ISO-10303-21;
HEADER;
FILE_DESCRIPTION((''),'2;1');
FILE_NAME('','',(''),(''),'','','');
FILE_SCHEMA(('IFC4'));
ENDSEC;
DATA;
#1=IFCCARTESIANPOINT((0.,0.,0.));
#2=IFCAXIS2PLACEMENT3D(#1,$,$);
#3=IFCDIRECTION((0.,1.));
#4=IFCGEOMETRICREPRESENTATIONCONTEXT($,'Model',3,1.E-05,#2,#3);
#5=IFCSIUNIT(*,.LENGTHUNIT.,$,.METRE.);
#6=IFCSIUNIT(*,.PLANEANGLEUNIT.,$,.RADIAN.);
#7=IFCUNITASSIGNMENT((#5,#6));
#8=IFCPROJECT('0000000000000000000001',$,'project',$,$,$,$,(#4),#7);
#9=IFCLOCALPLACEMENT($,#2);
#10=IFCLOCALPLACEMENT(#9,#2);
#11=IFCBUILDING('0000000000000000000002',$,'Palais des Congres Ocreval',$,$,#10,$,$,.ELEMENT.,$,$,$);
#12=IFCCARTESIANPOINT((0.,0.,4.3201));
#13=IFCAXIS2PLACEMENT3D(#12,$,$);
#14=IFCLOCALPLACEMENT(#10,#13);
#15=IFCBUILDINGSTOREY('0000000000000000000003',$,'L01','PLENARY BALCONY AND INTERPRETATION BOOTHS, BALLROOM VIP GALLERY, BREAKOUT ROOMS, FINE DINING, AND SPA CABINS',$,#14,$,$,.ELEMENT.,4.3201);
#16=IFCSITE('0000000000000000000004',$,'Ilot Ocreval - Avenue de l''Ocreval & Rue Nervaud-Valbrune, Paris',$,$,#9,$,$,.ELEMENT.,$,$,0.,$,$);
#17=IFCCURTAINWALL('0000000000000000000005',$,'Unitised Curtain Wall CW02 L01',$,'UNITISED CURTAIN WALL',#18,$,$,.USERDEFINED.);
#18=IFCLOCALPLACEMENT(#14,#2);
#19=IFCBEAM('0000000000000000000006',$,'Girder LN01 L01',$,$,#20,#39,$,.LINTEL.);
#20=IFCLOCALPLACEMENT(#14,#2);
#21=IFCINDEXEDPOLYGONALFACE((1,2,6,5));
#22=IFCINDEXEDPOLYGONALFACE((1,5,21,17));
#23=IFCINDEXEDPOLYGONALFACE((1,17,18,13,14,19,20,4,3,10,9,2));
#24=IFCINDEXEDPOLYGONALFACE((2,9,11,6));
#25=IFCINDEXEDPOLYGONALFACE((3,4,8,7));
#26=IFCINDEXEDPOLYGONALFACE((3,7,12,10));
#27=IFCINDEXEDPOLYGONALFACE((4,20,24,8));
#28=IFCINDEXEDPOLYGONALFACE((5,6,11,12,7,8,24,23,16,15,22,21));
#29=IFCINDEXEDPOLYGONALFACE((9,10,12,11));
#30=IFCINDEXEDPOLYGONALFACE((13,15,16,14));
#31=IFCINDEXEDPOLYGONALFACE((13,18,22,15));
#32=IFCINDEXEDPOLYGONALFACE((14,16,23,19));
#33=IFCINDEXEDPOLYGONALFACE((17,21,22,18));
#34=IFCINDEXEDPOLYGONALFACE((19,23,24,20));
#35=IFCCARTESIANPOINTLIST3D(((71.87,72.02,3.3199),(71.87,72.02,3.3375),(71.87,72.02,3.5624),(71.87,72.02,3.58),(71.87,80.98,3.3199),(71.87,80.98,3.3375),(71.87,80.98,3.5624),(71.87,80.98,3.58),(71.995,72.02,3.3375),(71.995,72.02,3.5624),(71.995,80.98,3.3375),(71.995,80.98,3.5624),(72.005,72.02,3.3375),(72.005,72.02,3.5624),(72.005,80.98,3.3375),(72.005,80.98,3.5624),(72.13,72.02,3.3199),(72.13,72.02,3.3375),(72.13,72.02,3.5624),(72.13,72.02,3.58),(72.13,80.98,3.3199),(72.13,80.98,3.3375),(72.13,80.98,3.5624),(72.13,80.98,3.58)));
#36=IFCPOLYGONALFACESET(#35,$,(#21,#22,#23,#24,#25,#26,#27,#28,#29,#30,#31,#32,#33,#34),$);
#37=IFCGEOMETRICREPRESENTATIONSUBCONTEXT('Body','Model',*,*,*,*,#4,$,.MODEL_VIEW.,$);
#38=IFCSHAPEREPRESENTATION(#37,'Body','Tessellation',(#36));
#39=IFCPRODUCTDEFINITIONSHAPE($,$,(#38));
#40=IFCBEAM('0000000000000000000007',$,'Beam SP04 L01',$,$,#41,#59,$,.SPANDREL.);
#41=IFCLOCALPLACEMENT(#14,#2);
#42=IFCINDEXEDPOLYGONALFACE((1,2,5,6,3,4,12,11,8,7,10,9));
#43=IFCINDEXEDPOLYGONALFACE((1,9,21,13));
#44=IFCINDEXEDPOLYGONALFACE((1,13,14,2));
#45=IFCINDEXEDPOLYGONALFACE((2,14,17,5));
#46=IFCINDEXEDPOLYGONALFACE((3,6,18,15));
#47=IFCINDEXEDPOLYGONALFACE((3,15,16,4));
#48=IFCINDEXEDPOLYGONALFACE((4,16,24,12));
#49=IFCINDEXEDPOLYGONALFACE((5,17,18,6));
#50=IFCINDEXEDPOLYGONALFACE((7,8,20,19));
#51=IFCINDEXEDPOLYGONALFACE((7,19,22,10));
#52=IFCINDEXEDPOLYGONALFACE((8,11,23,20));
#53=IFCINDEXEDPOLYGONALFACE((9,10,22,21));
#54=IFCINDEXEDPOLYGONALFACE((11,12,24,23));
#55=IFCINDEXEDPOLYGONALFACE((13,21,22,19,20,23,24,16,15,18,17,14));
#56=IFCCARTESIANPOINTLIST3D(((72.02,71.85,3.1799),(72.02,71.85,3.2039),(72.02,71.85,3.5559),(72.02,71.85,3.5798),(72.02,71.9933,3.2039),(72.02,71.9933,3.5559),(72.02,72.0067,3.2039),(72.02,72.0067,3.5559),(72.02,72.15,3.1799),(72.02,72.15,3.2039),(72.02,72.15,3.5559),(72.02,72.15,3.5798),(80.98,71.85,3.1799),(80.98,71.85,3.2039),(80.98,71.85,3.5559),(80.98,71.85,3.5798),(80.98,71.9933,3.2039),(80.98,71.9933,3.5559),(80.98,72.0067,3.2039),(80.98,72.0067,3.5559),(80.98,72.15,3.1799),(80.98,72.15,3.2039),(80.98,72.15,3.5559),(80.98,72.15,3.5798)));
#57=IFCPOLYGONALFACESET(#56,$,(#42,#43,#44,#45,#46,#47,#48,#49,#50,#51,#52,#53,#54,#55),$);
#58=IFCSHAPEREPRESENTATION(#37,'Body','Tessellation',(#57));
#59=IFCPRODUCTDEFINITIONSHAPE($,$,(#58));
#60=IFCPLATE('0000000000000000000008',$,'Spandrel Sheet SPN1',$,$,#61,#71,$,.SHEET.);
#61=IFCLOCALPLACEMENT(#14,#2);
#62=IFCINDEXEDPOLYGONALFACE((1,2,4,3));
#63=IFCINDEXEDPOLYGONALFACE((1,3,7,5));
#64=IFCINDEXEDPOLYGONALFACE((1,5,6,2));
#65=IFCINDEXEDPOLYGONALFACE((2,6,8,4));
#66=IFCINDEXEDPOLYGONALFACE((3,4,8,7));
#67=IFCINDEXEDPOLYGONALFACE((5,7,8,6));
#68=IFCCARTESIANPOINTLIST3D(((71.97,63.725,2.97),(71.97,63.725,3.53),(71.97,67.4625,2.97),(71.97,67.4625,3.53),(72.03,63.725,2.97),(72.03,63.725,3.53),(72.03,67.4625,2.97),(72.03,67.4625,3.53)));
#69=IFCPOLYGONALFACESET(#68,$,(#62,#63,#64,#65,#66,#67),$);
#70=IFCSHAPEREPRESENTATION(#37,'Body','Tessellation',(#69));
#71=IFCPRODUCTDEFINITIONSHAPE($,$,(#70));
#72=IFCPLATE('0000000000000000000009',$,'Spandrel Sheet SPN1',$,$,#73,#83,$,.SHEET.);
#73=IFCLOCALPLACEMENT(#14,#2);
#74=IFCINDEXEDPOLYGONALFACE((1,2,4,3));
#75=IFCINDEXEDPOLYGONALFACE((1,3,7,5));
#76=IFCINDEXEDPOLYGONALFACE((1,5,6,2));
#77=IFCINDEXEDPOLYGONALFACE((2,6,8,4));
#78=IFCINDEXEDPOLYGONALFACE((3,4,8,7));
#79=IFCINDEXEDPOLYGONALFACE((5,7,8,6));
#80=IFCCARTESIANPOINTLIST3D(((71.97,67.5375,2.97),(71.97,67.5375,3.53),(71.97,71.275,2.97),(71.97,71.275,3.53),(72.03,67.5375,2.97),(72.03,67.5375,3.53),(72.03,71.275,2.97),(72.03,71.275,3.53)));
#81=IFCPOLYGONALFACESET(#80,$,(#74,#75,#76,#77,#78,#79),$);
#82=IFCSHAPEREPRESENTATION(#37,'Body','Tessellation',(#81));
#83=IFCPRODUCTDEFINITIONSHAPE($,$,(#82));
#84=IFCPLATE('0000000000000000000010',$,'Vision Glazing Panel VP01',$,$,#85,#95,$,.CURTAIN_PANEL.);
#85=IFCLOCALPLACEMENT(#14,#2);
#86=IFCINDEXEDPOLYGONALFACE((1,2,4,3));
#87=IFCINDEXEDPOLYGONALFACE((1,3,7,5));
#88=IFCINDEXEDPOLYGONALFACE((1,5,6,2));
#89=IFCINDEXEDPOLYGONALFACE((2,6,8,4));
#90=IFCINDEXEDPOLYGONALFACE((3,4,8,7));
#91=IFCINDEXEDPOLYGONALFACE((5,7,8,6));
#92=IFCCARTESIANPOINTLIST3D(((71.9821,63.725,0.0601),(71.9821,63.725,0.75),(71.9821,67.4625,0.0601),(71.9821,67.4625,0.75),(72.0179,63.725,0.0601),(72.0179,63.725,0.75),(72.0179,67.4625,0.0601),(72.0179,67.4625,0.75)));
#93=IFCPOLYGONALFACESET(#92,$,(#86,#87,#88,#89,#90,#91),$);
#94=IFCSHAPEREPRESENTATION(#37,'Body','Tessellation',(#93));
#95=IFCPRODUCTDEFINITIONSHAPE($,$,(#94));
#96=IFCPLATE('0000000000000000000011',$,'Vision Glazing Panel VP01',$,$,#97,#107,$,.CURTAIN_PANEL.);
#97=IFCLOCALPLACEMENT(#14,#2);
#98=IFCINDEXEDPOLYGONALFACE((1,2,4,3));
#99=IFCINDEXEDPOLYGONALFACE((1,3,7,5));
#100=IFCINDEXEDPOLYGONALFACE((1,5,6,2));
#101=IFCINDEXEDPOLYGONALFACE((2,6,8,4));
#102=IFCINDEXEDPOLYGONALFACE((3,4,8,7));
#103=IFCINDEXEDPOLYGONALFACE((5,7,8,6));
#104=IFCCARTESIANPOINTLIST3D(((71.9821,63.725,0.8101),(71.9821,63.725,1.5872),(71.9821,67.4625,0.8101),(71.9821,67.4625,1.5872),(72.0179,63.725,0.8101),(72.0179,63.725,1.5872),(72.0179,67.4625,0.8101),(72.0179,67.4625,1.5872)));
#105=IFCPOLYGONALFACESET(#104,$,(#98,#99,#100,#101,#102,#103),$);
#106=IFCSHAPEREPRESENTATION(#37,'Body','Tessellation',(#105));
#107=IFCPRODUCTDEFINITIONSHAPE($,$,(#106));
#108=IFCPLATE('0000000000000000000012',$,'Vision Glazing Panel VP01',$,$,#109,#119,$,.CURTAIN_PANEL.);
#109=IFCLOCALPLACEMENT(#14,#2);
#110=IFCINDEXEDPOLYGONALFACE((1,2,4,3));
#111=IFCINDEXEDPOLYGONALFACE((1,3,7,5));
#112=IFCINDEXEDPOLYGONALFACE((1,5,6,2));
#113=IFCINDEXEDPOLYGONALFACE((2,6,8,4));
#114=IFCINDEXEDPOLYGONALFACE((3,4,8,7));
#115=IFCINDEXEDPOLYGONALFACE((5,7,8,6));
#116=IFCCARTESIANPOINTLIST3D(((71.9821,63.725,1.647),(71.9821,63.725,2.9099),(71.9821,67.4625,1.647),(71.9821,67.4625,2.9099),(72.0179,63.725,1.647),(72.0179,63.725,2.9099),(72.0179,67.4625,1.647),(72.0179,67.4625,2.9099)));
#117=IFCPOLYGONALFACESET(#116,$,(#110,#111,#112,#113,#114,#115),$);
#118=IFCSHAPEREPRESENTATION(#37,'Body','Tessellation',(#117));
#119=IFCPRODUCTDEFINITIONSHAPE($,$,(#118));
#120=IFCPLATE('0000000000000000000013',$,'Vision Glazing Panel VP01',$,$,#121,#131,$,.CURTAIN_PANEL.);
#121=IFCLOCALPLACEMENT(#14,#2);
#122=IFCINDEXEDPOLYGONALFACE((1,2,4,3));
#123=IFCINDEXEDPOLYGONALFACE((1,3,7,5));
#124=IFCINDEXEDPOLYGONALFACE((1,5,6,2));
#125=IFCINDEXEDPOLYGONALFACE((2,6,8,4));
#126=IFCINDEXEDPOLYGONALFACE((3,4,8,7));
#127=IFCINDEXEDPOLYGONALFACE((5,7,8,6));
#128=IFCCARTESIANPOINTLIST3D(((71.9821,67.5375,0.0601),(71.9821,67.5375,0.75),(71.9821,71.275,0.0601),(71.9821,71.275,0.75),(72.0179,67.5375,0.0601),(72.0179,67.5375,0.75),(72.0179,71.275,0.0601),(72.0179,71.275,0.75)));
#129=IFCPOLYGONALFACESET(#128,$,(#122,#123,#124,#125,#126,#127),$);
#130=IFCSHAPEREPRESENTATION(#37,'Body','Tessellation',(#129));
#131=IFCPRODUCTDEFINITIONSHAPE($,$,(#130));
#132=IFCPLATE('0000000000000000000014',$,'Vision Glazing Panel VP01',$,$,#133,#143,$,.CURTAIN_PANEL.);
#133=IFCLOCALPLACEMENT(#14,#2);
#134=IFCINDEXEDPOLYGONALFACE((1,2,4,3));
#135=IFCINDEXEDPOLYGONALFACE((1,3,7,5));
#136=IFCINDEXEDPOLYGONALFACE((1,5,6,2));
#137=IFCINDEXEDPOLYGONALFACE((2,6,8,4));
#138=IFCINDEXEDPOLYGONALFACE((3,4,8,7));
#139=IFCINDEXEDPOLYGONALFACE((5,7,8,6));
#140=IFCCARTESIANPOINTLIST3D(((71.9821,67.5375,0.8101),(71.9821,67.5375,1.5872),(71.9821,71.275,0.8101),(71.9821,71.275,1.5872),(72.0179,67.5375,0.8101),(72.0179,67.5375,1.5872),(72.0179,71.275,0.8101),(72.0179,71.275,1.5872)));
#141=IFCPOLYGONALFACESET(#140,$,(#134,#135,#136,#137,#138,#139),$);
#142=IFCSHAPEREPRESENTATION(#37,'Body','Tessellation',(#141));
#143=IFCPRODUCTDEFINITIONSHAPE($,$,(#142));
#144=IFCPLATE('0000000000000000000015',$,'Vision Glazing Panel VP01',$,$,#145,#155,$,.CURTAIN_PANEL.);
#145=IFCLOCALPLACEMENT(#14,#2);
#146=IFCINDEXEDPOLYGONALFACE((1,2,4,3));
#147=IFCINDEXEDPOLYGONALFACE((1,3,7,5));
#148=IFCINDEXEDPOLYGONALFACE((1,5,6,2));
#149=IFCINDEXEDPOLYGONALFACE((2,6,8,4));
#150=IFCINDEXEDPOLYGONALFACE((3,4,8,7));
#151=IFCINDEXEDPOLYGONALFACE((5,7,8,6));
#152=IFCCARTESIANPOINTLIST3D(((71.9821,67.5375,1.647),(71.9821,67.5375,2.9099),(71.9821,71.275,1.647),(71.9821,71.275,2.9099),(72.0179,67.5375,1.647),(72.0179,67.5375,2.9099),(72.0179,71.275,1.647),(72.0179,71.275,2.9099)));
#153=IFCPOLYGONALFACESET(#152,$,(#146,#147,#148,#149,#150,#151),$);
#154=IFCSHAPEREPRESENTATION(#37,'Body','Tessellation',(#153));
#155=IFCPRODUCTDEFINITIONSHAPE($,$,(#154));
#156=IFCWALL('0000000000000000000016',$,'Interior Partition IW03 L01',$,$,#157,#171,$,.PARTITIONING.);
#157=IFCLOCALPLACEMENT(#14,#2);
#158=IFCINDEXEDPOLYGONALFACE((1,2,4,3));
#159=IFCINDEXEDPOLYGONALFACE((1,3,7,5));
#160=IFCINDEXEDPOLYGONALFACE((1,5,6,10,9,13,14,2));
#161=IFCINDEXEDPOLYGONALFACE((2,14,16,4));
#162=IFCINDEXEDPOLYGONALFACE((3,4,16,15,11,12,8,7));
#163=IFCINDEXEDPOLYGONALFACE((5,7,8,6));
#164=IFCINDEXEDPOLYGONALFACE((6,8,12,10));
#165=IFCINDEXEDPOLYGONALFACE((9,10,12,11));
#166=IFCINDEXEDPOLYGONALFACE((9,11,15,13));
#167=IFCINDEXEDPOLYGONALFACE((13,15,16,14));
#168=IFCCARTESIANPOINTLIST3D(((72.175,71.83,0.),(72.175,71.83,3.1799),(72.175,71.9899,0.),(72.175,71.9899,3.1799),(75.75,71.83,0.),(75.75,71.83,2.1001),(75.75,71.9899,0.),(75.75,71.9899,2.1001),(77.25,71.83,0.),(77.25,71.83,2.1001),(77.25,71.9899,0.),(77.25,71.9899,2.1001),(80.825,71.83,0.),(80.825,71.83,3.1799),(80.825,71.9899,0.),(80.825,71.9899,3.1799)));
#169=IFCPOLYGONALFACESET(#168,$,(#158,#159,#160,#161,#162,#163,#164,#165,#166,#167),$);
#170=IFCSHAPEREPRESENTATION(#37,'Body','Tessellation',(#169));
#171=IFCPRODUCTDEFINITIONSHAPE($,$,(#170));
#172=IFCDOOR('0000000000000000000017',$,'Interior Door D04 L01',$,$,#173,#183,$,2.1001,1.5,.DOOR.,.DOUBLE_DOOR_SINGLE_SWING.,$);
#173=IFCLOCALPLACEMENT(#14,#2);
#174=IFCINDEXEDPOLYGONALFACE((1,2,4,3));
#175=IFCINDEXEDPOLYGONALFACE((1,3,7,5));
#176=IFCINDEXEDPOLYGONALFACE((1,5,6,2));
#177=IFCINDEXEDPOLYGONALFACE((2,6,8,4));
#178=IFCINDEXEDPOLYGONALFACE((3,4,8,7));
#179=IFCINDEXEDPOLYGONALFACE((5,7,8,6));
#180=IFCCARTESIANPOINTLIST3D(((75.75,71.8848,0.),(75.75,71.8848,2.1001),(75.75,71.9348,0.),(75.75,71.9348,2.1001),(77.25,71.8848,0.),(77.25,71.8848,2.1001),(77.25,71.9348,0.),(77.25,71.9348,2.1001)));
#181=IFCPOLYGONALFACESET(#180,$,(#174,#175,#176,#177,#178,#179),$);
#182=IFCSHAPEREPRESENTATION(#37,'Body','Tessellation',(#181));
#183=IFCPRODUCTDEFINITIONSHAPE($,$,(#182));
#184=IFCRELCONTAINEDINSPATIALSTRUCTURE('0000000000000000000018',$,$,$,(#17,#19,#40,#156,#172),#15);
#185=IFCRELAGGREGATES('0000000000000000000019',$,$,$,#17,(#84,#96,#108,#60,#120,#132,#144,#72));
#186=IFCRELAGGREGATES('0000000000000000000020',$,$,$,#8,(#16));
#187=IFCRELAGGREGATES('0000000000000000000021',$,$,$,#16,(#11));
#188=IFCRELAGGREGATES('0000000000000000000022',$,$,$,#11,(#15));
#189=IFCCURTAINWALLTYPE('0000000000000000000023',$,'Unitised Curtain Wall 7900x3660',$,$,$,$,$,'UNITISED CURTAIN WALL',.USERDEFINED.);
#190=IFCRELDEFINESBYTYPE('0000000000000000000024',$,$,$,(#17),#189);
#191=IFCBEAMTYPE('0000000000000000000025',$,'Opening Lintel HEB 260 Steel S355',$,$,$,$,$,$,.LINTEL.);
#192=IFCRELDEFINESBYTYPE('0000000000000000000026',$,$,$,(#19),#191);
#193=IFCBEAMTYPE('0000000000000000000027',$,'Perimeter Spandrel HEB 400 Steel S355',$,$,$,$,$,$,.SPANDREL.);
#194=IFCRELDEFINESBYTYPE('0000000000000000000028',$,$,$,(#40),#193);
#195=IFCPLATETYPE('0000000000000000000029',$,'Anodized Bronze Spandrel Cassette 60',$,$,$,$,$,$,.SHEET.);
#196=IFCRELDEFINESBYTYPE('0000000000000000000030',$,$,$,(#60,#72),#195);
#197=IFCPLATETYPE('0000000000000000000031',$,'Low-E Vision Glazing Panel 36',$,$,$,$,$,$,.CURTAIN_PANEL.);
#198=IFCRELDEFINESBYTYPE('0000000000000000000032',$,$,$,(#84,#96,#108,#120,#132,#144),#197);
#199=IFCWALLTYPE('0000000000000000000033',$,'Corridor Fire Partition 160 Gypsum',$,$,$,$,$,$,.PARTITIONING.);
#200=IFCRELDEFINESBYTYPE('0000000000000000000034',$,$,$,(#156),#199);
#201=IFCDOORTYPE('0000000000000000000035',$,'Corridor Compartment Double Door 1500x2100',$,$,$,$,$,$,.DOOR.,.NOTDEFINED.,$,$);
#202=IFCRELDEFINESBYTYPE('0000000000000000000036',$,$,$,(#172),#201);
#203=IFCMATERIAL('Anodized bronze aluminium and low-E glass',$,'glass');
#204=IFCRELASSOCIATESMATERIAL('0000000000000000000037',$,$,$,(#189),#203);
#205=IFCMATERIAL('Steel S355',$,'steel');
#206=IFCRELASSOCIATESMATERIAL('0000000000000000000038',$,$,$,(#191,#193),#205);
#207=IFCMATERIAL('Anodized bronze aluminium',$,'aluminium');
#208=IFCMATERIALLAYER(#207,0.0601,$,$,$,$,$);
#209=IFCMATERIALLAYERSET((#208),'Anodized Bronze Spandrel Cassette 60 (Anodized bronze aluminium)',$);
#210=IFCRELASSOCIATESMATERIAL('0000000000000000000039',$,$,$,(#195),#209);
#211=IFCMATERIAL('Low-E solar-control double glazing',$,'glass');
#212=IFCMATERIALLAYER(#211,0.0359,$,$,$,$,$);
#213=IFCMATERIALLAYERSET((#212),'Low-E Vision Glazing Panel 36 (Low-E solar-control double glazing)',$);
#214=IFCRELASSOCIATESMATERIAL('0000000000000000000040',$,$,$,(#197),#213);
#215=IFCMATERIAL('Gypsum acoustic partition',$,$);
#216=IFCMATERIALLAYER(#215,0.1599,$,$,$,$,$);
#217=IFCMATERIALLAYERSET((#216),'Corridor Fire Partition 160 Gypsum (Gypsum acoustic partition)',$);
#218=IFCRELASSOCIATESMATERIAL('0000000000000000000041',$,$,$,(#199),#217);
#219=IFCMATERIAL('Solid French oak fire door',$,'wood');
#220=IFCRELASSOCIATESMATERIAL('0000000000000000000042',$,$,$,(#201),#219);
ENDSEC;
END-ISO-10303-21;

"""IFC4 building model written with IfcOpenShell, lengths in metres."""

from ifc_helpers import new_model, si_unit, direction, frame, frame_2d, origin, origin_2d, place, context, subcontext, project, spatial, rectangle, i_section, extrude, material, layer, layer_set, material_profile, profile_set, type_object, element, fill, aggregate, save


model = new_model("IFC4")

# Units and contexts
model_context = context("Model", 3, precision=1e-05, world=origin(), true_north=direction((0.0, 1.0)))
body_context = subcontext(model_context, "Body", "Model", "MODEL_VIEW")
ifc_project = project(units=[si_unit("LENGTHUNIT", "METRE"), si_unit("PLANEANGLEUNIT", "RADIAN")], contexts=[model_context])

# Site, building, storey
site_placement = place(None, origin())
site = spatial("IfcSite", under=ifc_project, at=site_placement, Name="Ilot Ocreval - Avenue de l'Ocreval & Rue Nervaud-Valbrune, Paris", CompositionType="ELEMENT", RefElevation=0.0)
building_placement = place(site_placement, origin())
building = spatial("IfcBuilding", under=site, at=building_placement, Name="Palais des Congres Ocreval", CompositionType="ELEMENT")
storey_placement = place(building_placement, frame((0.0, 0.0, 4.3201)))
storey = spatial("IfcBuildingStorey", under=building, at=storey_placement, Name="L01", Description="PLENARY BALCONY AND INTERPRETATION BOOTHS, BALLROOM VIP GALLERY, BREAKOUT ROOMS, FINE DINING, AND SPA CABINS", CompositionType="ELEMENT", Elevation=4.3201)

# Shared definitions
ifc_material_1 = material(Name="Steel S355", Category="steel")

# Curtain wall
ifc_material_2 = material(Name="Anodized bronze aluminium and low-E glass", Category="glass")
curtain_wall_type = type_object("IfcCurtainWallType", Name="Unitised Curtain Wall 7900x3660", ElementType="UNITISED CURTAIN WALL", PredefinedType="USERDEFINED", material=ifc_material_2)
curtain_wall_placement = place(storey_placement, origin())
curtain_wall = element("IfcCurtainWall", 1, at=curtain_wall_placement, inside=storey, type_object=curtain_wall_type, Name="Unitised Curtain Wall CW02 L01", ObjectType="UNITISED CURTAIN WALL", PredefinedType="USERDEFINED")
ifc_material_3 = material(Name="Anodized bronze aluminium", Category="aluminium")

# Beams
ifc_material_profile_1 = material_profile(ifc_material_1, i_section(OverallWidth=0.26, OverallDepth=0.26, WebThickness=0.01, FlangeThickness=0.0176, at=origin_2d()), Name="HEB 260")
ifc_profile_set_1 = profile_set([ifc_material_profile_1], Name="Steel S355")
beam_type_1 = type_object("IfcBeamType", Name="Opening Lintel HEB 260 Steel S355", PredefinedType="LINTEL", material=ifc_profile_set_1)
beam_1_placement = place(storey_placement, frame((72.0, 72.02, 3.45), z_axis=(0.0, 1.0, 0.0), x_axis=(-1.0, 0.0, 0.0)))
element("IfcBeam", 2, at=beam_1_placement, inside=storey, type_object=beam_type_1, Name="Girder LN01 L01", PredefinedType="LINTEL", context=body_context, shape_type="SweptSolid", body=[
    extrude(i_section(OverallWidth=0.26, OverallDepth=0.26, WebThickness=0.01, FlangeThickness=0.0176, at=origin_2d()), origin(), (0.0, 0.0, 1.0), 8.96),
])
ifc_material_profile_2 = material_profile(ifc_material_1, i_section(OverallWidth=0.3, OverallDepth=0.3999, WebThickness=0.0134, FlangeThickness=0.0239, at=origin_2d()), Name="HEB 400")
ifc_profile_set_2 = profile_set([ifc_material_profile_2], Name="Steel S355")
beam_type_2 = type_object("IfcBeamType", Name="Perimeter Spandrel HEB 400 Steel S355", PredefinedType="SPANDREL", material=ifc_profile_set_2)
beam_2_placement = place(storey_placement, frame((72.02, 72.0, 3.3799), z_axis=(1.0, 0.0, 0.0), x_axis=(0.0, 1.0, 0.0)))
element("IfcBeam", 3, at=beam_2_placement, inside=storey, type_object=beam_type_2, Name="Beam SP04 L01", PredefinedType="SPANDREL", context=body_context, shape_type="SweptSolid", body=[
    extrude(i_section(OverallWidth=0.3, OverallDepth=0.3999, WebThickness=0.0134, FlangeThickness=0.0239, at=origin_2d()), origin(), (0.0, 0.0, 1.0), 8.96),
])

# Plates
ifc_layer_1 = layer(ifc_material_3, 0.0601)
ifc_layer_set_1 = layer_set([ifc_layer_1], Name="Anodized Bronze Spandrel Cassette 60 (Anodized bronze aluminium)")
plate_type_1 = type_object("IfcPlateType", Name="Anodized Bronze Spandrel Cassette 60", PredefinedType="SHEET", material=ifc_layer_set_1)
plate_1_placement = place(storey_placement, frame((72.0, 65.5938, 2.97), z_axis=(0.0, 0.0, 1.0), x_axis=(0.0, 1.0, 0.0)))
plate_1 = element("IfcPlate", 4, at=plate_1_placement, type_object=plate_type_1, Name="Spandrel Sheet SPN1", PredefinedType="SHEET", context=body_context, shape_type="SweptSolid", body=[
    extrude(rectangle(XDim=3.7375, YDim=0.0601, at=origin_2d()), origin(), (0.0, 0.0, 1.0), 0.5601),
])
plate_2_placement = place(storey_placement, frame((72.0, 69.4062, 2.97), z_axis=(0.0, 0.0, 1.0), x_axis=(0.0, 1.0, 0.0)))
plate_2 = element("IfcPlate", 5, at=plate_2_placement, type_object=plate_type_1, Name="Spandrel Sheet SPN1", PredefinedType="SHEET", context=body_context, shape_type="SweptSolid", body=[
    extrude(rectangle(XDim=3.7375, YDim=0.0601, at=origin_2d()), origin(), (0.0, 0.0, 1.0), 0.5601),
])
ifc_material_4 = material(Name="Low-E solar-control double glazing", Category="glass")
ifc_layer_2 = layer(ifc_material_4, 0.0359)
ifc_layer_set_2 = layer_set([ifc_layer_2], Name="Low-E Vision Glazing Panel 36 (Low-E solar-control double glazing)")
plate_type_2 = type_object("IfcPlateType", Name="Low-E Vision Glazing Panel 36", PredefinedType="CURTAIN_PANEL", material=ifc_layer_set_2)
plate_3_placement = place(storey_placement, frame((72.0, 65.5938, 0.0601), z_axis=(0.0, 0.0, 1.0), x_axis=(0.0, 1.0, 0.0)))
plate_3 = element("IfcPlate", 6, at=plate_3_placement, type_object=plate_type_2, Name="Vision Glazing Panel VP01", PredefinedType="CURTAIN_PANEL", context=body_context, shape_type="SweptSolid", body=[
    extrude(rectangle(XDim=3.7375, YDim=0.0359, at=origin_2d()), origin(), (0.0, 0.0, 1.0), 0.6899),
])
plate_4_placement = place(storey_placement, frame((72.0, 65.5938, 0.8101), z_axis=(0.0, 0.0, 1.0), x_axis=(0.0, 1.0, 0.0)))
plate_4 = element("IfcPlate", 7, at=plate_4_placement, type_object=plate_type_2, Name="Vision Glazing Panel VP01", PredefinedType="CURTAIN_PANEL", context=body_context, shape_type="SweptSolid", body=[
    extrude(rectangle(XDim=3.7375, YDim=0.0359, at=origin_2d()), origin(), (0.0, 0.0, 1.0), 0.7771),
])
plate_5_placement = place(storey_placement, frame((72.0, 65.5938, 1.647), z_axis=(0.0, 0.0, 1.0), x_axis=(0.0, 1.0, 0.0)))
plate_5 = element("IfcPlate", 8, at=plate_5_placement, type_object=plate_type_2, Name="Vision Glazing Panel VP01", PredefinedType="CURTAIN_PANEL", context=body_context, shape_type="SweptSolid", body=[
    extrude(rectangle(XDim=3.7375, YDim=0.0359, at=origin_2d()), origin(), (0.0, 0.0, 1.0), 1.2629),
])
plate_6_placement = place(storey_placement, frame((72.0, 69.4062, 0.0601), z_axis=(0.0, 0.0, 1.0), x_axis=(0.0, 1.0, 0.0)))
plate_6 = element("IfcPlate", 9, at=plate_6_placement, type_object=plate_type_2, Name="Vision Glazing Panel VP01", PredefinedType="CURTAIN_PANEL", context=body_context, shape_type="SweptSolid", body=[
    extrude(rectangle(XDim=3.7375, YDim=0.0359, at=origin_2d()), origin(), (0.0, 0.0, 1.0), 0.6899),
])
plate_7_placement = place(storey_placement, frame((72.0, 69.4062, 0.8101), z_axis=(0.0, 0.0, 1.0), x_axis=(0.0, 1.0, 0.0)))
plate_7 = element("IfcPlate", 10, at=plate_7_placement, type_object=plate_type_2, Name="Vision Glazing Panel VP01", PredefinedType="CURTAIN_PANEL", context=body_context, shape_type="SweptSolid", body=[
    extrude(rectangle(XDim=3.7375, YDim=0.0359, at=origin_2d()), origin(), (0.0, 0.0, 1.0), 0.7771),
])
plate_8_placement = place(storey_placement, frame((72.0, 69.4062, 1.647), z_axis=(0.0, 0.0, 1.0), x_axis=(0.0, 1.0, 0.0)))
plate_8 = element("IfcPlate", 11, at=plate_8_placement, type_object=plate_type_2, Name="Vision Glazing Panel VP01", PredefinedType="CURTAIN_PANEL", context=body_context, shape_type="SweptSolid", body=[
    extrude(rectangle(XDim=3.7375, YDim=0.0359, at=origin_2d()), origin(), (0.0, 0.0, 1.0), 1.2629),
])
aggregate(curtain_wall, [plate_3, plate_4, plate_5, plate_1, plate_6, plate_7, plate_8, plate_2])

# Wall, opening, door
ifc_material_5 = material(Name="Gypsum acoustic partition")
ifc_layer_3 = layer(ifc_material_5, 0.1599)
ifc_layer_set_3 = layer_set([ifc_layer_3], Name="Corridor Fire Partition 160 Gypsum (Gypsum acoustic partition)")
wall_type_1 = type_object("IfcWallType", Name="Corridor Fire Partition 160 Gypsum", PredefinedType="PARTITIONING", material=ifc_layer_set_3)
wall_1_placement = place(storey_placement, frame((72.175, 71.9099, 0.0), z_axis=(0.0, 0.0, 1.0), x_axis=(1.0, 0.0, 0.0)))
wall_1 = element("IfcWall", 12, at=wall_1_placement, inside=storey, type_object=wall_type_1, Name="Interior Partition IW03 L01", PredefinedType="PARTITIONING", context=body_context, shape_type="SweptSolid", body=[
    extrude(rectangle(XDim=8.6499, YDim=0.1599, at=frame_2d((4.325, 0.0))), origin(), (0.0, 0.0, 1.0), 3.1799),
])
opening_placement = place(wall_1_placement, frame((3.575, 0.0, 0.0)))
opening = element("IfcOpeningElement", 13, at=opening_placement, cuts=wall_1, PredefinedType="OPENING", context=body_context, shape_type="SweptSolid", body=[
    extrude(rectangle(XDim=1.5, YDim=2.1001, at=frame_2d((0.75, 1.05))), frame((0.0, 0.0898, 0.0), z_axis=(0.0, -1.0, 0.0), x_axis=(1.0, 0.0, 0.0)), (0.0, 0.0, 1.0), 0.1799),
])
ifc_material_6 = material(Name="Solid French oak fire door", Category="wood")
door_type = type_object("IfcDoorType", Name="Corridor Compartment Double Door 1500x2100", OperationType="NOTDEFINED", PredefinedType="DOOR", material=ifc_material_6)
door_placement = place(opening_placement, origin())
door = element("IfcDoor", 14, at=door_placement, inside=storey, type_object=door_type, Name="Interior Door D04 L01", OperationType="DOUBLE_DOOR_SINGLE_SWING", OverallHeight=2.1001, OverallWidth=1.5, PredefinedType="DOOR", context=body_context, shape_type="SweptSolid", body=[
    extrude(rectangle(XDim=1.5, YDim=2.1001, at=frame_2d((0.75, 1.05))), frame((0.0, 0.0249, 0.0), z_axis=(0.0, -1.0, 0.0), x_axis=(1.0, 0.0, 0.0)), (0.0, 0.0, 1.0), 0.05),
])
fill(opening, door)

save(model, "model.ifc")
